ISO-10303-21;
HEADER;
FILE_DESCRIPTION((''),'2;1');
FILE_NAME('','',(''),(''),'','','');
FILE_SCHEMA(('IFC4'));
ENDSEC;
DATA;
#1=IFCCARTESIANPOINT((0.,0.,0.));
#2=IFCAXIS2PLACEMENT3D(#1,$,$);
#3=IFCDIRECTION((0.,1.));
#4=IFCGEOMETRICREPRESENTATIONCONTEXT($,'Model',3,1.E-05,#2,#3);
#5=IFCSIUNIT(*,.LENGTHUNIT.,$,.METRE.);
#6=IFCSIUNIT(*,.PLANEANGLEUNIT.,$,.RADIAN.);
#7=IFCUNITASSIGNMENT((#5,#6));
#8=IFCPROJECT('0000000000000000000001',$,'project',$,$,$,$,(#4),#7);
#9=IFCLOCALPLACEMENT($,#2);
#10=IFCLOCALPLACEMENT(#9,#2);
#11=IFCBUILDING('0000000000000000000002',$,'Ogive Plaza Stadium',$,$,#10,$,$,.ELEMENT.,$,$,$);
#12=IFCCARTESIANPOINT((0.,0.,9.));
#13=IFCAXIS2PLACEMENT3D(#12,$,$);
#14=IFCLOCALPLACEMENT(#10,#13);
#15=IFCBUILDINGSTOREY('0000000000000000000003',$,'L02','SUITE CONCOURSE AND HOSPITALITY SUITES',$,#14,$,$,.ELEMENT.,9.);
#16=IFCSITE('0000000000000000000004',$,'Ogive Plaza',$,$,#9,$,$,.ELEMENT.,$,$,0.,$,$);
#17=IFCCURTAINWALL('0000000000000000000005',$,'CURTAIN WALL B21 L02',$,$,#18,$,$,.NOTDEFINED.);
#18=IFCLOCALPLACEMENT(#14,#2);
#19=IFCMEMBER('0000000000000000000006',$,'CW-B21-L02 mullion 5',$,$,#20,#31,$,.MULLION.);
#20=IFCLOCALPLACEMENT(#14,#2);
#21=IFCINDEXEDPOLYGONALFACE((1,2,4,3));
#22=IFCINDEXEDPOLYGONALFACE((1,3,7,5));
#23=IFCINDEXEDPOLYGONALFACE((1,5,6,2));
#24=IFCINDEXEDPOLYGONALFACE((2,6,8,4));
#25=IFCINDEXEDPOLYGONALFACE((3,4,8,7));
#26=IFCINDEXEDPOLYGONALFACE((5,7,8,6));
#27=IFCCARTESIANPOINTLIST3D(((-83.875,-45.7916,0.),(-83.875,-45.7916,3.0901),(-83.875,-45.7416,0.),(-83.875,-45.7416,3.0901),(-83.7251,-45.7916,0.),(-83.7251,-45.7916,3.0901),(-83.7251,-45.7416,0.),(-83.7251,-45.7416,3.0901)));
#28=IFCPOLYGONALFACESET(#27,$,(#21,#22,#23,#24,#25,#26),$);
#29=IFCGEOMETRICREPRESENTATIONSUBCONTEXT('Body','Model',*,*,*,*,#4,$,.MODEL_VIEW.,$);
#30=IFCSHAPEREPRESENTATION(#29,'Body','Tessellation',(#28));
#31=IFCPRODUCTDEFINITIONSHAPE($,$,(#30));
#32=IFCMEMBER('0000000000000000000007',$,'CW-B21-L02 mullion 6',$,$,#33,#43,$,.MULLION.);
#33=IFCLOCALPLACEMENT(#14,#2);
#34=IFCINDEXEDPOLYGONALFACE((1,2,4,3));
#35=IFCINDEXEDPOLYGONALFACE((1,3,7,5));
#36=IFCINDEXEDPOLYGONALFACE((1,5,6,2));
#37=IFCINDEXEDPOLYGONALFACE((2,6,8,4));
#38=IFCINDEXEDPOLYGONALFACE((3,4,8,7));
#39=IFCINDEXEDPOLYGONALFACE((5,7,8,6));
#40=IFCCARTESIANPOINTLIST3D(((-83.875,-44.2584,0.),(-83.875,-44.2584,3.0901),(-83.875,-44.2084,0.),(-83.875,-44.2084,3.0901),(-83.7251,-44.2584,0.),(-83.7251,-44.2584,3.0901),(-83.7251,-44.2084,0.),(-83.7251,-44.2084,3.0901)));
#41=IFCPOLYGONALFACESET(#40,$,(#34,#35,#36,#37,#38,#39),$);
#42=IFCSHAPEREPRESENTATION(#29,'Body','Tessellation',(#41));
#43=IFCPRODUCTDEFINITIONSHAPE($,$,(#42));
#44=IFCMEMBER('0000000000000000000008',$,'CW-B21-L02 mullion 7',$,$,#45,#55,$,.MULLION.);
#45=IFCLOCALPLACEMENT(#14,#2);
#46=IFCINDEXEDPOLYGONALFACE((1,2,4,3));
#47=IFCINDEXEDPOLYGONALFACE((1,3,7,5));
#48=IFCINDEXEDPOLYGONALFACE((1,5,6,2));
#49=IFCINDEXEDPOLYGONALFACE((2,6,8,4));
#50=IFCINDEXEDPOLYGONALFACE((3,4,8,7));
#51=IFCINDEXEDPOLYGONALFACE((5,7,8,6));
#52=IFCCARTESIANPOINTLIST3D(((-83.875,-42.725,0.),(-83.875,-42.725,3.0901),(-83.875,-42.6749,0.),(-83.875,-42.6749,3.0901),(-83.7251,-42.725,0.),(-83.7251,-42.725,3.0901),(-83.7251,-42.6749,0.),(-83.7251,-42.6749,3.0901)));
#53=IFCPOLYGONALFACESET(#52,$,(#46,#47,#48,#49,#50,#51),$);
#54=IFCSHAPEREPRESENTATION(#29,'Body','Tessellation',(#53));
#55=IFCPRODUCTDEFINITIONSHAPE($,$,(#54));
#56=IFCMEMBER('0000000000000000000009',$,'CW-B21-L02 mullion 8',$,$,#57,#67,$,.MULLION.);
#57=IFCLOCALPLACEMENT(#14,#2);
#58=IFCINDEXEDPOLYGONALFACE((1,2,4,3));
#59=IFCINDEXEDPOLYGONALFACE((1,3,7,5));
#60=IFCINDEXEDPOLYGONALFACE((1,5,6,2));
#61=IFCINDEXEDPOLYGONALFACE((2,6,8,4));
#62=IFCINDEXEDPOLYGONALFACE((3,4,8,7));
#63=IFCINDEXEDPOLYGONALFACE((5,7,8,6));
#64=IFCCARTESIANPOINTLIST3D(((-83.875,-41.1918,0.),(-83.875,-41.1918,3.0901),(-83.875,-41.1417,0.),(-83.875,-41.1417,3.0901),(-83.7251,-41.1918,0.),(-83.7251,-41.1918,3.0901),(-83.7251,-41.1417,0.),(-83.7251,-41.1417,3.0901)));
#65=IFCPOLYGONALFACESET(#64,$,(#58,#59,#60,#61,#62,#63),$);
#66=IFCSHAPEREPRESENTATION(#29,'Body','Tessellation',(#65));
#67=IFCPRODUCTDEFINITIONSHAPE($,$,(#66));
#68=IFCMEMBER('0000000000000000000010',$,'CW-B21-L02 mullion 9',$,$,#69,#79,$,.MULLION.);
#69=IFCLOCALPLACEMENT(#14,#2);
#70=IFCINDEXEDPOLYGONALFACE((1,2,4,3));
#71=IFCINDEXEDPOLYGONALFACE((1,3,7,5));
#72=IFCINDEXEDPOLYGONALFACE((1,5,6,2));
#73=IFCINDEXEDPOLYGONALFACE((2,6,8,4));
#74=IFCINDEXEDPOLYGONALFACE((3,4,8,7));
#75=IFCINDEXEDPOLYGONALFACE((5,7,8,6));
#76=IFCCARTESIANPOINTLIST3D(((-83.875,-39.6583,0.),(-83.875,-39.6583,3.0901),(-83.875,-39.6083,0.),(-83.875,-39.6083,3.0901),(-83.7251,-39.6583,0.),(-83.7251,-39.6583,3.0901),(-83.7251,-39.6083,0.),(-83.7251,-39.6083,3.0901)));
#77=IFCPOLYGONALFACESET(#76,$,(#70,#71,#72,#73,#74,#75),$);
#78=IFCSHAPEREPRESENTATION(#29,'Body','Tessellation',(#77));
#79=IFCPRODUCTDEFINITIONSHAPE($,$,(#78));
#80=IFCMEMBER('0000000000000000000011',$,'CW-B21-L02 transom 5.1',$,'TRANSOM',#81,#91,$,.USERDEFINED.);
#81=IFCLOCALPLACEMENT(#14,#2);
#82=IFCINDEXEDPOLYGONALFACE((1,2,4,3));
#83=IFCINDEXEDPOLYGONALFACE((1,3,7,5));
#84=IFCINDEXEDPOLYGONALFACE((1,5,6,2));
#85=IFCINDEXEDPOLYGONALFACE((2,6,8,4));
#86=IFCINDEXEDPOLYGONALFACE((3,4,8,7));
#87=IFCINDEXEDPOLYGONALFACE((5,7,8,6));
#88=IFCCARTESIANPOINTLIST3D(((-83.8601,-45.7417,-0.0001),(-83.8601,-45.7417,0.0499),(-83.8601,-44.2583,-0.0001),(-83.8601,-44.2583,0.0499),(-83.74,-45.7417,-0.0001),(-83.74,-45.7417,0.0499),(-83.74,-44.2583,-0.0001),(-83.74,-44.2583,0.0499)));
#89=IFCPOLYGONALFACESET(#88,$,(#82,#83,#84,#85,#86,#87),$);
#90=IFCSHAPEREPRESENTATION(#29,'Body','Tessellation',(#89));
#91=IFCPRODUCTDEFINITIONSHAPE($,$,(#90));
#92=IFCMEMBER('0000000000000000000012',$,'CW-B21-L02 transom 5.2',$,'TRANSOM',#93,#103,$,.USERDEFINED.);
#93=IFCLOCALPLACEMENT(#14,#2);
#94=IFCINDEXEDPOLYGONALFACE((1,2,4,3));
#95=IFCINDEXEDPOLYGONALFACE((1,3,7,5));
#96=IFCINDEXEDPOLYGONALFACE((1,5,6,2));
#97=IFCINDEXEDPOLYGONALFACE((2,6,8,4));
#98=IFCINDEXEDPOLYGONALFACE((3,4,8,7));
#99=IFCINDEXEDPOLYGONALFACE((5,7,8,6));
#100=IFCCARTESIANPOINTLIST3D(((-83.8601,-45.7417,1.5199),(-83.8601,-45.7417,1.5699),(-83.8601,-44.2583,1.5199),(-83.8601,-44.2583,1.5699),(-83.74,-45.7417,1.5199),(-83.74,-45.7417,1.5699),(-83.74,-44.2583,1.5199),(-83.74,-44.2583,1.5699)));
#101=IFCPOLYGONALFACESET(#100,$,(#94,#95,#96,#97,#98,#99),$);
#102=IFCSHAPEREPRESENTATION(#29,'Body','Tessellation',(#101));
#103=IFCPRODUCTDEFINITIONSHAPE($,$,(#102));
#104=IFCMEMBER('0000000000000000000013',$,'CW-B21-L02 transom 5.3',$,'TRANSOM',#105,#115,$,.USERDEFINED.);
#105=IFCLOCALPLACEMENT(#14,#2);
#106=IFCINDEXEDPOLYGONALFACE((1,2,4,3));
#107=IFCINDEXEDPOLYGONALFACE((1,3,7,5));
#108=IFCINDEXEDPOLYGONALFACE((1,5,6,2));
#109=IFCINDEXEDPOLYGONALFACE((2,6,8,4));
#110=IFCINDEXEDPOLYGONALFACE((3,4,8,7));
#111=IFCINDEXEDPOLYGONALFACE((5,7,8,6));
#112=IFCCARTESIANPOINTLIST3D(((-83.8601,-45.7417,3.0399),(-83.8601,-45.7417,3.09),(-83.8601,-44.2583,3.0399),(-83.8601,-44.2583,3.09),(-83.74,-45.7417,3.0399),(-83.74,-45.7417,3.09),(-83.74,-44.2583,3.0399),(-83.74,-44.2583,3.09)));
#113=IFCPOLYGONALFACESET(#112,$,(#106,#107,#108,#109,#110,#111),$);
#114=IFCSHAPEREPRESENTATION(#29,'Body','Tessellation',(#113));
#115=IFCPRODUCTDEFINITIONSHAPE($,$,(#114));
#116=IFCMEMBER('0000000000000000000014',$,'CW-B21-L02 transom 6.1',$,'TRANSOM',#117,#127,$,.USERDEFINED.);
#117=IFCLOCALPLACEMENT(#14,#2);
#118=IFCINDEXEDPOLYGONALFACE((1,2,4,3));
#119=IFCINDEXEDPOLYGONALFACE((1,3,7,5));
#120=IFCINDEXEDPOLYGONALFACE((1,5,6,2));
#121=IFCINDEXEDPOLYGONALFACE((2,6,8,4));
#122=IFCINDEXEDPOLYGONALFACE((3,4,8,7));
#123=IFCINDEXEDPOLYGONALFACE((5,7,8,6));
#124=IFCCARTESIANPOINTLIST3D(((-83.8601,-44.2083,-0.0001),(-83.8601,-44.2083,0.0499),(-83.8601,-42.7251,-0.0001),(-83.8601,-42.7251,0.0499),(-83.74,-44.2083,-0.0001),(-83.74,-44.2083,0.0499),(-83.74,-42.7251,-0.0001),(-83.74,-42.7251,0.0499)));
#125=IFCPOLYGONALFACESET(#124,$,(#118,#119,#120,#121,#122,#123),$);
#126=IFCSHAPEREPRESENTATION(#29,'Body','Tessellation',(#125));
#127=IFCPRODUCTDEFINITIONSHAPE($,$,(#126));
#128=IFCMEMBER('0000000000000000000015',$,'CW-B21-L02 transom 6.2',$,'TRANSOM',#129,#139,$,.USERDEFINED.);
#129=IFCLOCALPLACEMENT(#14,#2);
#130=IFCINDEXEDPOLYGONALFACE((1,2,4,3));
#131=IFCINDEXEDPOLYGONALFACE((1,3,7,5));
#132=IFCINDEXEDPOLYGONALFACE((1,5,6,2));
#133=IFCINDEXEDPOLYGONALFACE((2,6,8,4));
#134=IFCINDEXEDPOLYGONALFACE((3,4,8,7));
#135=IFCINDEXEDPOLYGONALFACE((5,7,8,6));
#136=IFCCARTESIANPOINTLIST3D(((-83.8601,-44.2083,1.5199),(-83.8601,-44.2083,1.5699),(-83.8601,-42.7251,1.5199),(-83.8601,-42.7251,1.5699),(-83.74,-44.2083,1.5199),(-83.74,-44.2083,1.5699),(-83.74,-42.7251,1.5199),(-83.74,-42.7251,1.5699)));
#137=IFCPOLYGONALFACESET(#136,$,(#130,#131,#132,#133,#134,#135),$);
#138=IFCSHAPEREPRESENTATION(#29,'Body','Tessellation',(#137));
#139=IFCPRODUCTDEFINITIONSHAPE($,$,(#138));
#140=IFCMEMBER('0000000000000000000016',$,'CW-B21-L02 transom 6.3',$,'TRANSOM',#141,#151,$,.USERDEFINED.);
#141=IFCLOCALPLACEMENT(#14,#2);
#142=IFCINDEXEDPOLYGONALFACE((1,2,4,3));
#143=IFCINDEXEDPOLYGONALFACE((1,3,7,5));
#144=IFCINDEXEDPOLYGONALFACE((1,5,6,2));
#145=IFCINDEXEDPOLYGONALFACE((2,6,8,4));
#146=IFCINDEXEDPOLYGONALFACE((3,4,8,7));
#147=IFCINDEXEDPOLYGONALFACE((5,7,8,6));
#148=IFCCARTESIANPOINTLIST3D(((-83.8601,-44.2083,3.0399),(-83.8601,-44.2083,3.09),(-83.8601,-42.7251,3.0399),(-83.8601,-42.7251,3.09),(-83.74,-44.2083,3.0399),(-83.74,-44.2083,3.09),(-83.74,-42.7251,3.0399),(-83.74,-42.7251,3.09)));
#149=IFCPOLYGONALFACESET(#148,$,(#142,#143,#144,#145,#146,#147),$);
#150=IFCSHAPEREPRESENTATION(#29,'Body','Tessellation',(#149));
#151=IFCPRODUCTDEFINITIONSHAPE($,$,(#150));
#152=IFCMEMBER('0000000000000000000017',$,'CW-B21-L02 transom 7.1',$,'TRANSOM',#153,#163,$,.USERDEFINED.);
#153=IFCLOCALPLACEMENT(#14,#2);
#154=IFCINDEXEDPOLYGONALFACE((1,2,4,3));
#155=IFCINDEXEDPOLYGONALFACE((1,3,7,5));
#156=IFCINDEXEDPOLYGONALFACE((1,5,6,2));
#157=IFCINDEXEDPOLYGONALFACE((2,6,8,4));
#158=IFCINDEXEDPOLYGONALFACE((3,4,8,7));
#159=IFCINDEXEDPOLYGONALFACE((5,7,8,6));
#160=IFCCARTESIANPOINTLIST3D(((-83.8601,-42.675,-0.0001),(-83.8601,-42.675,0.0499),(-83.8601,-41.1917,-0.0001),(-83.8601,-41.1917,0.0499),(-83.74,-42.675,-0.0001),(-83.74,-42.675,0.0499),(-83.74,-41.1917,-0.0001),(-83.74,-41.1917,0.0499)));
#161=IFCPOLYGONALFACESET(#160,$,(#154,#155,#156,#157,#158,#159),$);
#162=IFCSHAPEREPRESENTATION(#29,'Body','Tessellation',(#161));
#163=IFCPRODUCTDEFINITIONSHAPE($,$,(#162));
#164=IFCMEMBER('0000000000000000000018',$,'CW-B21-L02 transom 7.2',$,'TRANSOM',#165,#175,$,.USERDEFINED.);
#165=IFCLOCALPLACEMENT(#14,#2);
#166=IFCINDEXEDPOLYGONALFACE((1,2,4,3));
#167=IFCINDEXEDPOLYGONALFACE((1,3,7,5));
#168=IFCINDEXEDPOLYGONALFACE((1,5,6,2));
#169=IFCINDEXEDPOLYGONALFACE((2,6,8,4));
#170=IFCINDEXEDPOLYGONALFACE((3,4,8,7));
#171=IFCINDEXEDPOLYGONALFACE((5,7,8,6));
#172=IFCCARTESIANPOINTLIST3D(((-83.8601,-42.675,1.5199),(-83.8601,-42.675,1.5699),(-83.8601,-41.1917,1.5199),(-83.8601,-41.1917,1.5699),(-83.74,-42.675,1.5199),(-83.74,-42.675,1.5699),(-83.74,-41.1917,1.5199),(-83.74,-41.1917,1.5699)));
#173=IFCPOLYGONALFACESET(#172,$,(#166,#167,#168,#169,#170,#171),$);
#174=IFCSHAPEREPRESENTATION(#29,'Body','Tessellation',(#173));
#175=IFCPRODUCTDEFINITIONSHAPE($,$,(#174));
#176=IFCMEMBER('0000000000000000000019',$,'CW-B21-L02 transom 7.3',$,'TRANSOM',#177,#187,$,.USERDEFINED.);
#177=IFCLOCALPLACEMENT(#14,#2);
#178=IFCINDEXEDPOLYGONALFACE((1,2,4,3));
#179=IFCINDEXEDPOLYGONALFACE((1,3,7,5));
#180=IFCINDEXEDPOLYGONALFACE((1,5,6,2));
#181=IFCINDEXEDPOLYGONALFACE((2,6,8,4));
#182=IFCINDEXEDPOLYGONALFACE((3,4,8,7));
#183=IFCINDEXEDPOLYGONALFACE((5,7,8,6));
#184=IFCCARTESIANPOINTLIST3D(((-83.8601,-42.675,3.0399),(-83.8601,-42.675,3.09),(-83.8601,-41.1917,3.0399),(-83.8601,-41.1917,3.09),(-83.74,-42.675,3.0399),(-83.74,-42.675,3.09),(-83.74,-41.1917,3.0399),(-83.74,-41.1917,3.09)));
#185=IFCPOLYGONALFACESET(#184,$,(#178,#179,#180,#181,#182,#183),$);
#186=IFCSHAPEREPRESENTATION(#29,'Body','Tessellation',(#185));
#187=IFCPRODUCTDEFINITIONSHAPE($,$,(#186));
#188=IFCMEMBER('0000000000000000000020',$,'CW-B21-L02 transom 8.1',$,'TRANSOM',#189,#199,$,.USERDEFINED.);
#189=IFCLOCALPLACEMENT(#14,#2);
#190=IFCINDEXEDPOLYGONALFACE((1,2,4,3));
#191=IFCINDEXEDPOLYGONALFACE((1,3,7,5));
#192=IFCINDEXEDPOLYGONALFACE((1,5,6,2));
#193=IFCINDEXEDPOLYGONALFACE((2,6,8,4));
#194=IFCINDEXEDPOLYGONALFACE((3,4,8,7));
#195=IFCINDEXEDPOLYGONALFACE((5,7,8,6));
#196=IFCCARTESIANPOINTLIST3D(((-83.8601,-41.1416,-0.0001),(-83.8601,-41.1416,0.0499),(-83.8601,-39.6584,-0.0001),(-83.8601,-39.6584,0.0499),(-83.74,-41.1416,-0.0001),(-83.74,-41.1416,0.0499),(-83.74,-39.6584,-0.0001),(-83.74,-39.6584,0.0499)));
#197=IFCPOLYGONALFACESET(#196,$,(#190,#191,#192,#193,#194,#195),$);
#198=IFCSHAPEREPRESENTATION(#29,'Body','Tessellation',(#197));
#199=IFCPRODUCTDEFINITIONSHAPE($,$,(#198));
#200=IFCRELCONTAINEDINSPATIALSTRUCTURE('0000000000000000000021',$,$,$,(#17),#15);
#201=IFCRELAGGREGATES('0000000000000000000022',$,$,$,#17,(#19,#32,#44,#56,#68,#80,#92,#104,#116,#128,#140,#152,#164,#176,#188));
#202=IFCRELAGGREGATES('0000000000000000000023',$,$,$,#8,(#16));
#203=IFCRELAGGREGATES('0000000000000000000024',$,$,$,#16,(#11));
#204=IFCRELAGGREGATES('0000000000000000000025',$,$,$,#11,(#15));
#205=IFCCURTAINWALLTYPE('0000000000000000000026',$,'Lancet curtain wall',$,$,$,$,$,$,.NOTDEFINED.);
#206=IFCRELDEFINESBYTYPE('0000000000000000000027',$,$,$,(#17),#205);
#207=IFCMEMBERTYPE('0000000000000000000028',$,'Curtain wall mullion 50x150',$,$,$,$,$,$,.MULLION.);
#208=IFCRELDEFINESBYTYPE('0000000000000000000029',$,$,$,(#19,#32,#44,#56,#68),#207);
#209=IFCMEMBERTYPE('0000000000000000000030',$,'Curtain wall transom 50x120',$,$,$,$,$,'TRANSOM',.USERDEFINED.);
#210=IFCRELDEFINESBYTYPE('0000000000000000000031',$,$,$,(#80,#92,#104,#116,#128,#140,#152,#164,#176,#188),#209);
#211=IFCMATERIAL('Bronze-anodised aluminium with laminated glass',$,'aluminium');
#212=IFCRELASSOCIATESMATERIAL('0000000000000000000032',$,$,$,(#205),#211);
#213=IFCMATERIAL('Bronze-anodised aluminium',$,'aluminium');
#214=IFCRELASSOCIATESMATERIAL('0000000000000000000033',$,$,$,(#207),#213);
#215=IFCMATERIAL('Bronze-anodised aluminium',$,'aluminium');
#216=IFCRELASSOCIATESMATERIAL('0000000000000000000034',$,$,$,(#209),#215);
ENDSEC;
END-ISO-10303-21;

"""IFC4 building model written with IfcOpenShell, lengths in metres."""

from ifc_helpers import new_model, si_unit, direction, frame, origin, origin_2d, place, context, subcontext, project, spatial, rectangle, extrude, material, material_profile, profile_set, type_object, element, aggregate, save


model = new_model("IFC4")

# Units and contexts
model_context = context("Model", 3, precision=1e-05, world=origin(), true_north=direction((0.0, 1.0)))
body_context = subcontext(model_context, "Body", "Model", "MODEL_VIEW")
ifc_project = project(units=[si_unit("LENGTHUNIT", "METRE"), si_unit("PLANEANGLEUNIT", "RADIAN")], contexts=[model_context])

# Site, building, storey
site_placement = place(None, origin())
site = spatial("IfcSite", under=ifc_project, at=site_placement, Name="Ogive Plaza", CompositionType="ELEMENT", RefElevation=0.0)
building_placement = place(site_placement, origin())
building = spatial("IfcBuilding", under=site, at=building_placement, Name="Ogive Plaza Stadium", CompositionType="ELEMENT")
storey_placement = place(building_placement, frame((0.0, 0.0, 9.0)))
storey = spatial("IfcBuildingStorey", under=building, at=storey_placement, Name="L02", Description="SUITE CONCOURSE AND HOSPITALITY SUITES", CompositionType="ELEMENT", Elevation=9.0)

# Curtain wall, members
ifc_material_1 = material(Name="Bronze-anodised aluminium with laminated glass", Category="aluminium")
curtain_wall_type = type_object("IfcCurtainWallType", Name="Lancet curtain wall", PredefinedType="NOTDEFINED", material=ifc_material_1)
curtain_wall_placement = place(storey_placement, origin())
curtain_wall = element("IfcCurtainWall", 1, at=curtain_wall_placement, inside=storey, type_object=curtain_wall_type, Name="CURTAIN WALL B21 L02", PredefinedType="NOTDEFINED")
ifc_material_2 = material(Name="Bronze-anodised aluminium", Category="aluminium")
ifc_material_profile_1 = material_profile(ifc_material_2, rectangle(XDim=0.1499, YDim=0.05, at=origin_2d()), Name="AL 150x50")
ifc_profile_set_1 = profile_set([ifc_material_profile_1], Name="Bronze-anodised aluminium")
member_type_1 = type_object("IfcMemberType", Name="Curtain wall mullion 50x150", PredefinedType="MULLION", material=ifc_profile_set_1)
member_1_placement = place(storey_placement, frame((-83.8, -45.7666, 0.0), z_axis=(0.0, 0.0, 1.0), x_axis=(-1.0, 0.0, 0.0)))
member_1 = element("IfcMember", 2, at=member_1_placement, type_object=member_type_1, Name="CW-B21-L02 mullion 5", PredefinedType="MULLION", context=body_context, shape_type="SweptSolid", body=[
    extrude(rectangle(XDim=0.1499, YDim=0.05, at=origin_2d()), origin(), (0.0, 0.0, 1.0), 3.0901),
])
member_2_placement = place(storey_placement, frame((-83.8, -44.2334, 0.0), z_axis=(0.0, 0.0, 1.0), x_axis=(-1.0, 0.0, 0.0)))
member_2 = element("IfcMember", 3, at=member_2_placement, type_object=member_type_1, Name="CW-B21-L02 mullion 6", PredefinedType="MULLION", context=body_context, shape_type="SweptSolid", body=[
    extrude(rectangle(XDim=0.1499, YDim=0.05, at=origin_2d()), origin(), (0.0, 0.0, 1.0), 3.0901),
])
member_3_placement = place(storey_placement, frame((-83.8, -42.7, 0.0), z_axis=(0.0, 0.0, 1.0), x_axis=(-1.0, 0.0, 0.0)))
member_3 = element("IfcMember", 4, at=member_3_placement, type_object=member_type_1, Name="CW-B21-L02 mullion 7", PredefinedType="MULLION", context=body_context, shape_type="SweptSolid", body=[
    extrude(rectangle(XDim=0.1499, YDim=0.05, at=origin_2d()), origin(), (0.0, 0.0, 1.0), 3.0901),
])
member_4_placement = place(storey_placement, frame((-83.8, -41.1667, 0.0), z_axis=(0.0, 0.0, 1.0), x_axis=(-1.0, 0.0, 0.0)))
member_4 = element("IfcMember", 5, at=member_4_placement, type_object=member_type_1, Name="CW-B21-L02 mullion 8", PredefinedType="MULLION", context=body_context, shape_type="SweptSolid", body=[
    extrude(rectangle(XDim=0.1499, YDim=0.05, at=origin_2d()), origin(), (0.0, 0.0, 1.0), 3.0901),
])
member_5_placement = place(storey_placement, frame((-83.8, -39.6333, 0.0), z_axis=(0.0, 0.0, 1.0), x_axis=(-1.0, 0.0, 0.0)))
member_5 = element("IfcMember", 6, at=member_5_placement, type_object=member_type_1, Name="CW-B21-L02 mullion 9", PredefinedType="MULLION", context=body_context, shape_type="SweptSolid", body=[
    extrude(rectangle(XDim=0.1499, YDim=0.05, at=origin_2d()), origin(), (0.0, 0.0, 1.0), 3.0901),
])
ifc_material_3 = material(Name="Bronze-anodised aluminium", Category="aluminium")
ifc_material_profile_2 = material_profile(ifc_material_3, rectangle(XDim=0.1201, YDim=0.05, at=origin_2d()), Name="AL 120x50")
ifc_profile_set_2 = profile_set([ifc_material_profile_2], Name="Bronze-anodised aluminium")
member_type_2 = type_object("IfcMemberType", Name="Curtain wall transom 50x120", ElementType="TRANSOM", PredefinedType="USERDEFINED", material=ifc_profile_set_2)
member_6_placement = place(storey_placement, frame((-83.8, -45.7417, 0.0249), z_axis=(0.0, 1.0, 0.0), x_axis=(-1.0, 0.0, 0.0)))
member_6 = element("IfcMember", 7, at=member_6_placement, type_object=member_type_2, Name="CW-B21-L02 transom 5.1", ObjectType="TRANSOM", PredefinedType="USERDEFINED", context=body_context, shape_type="SweptSolid", body=[
    extrude(rectangle(XDim=0.1201, YDim=0.05, at=origin_2d()), origin(), (0.0, 0.0, 1.0), 1.4834),
])
member_7_placement = place(storey_placement, frame((-83.8, -45.7417, 1.5449), z_axis=(0.0, 1.0, 0.0), x_axis=(-1.0, 0.0, 0.0)))
member_7 = element("IfcMember", 8, at=member_7_placement, type_object=member_type_2, Name="CW-B21-L02 transom 5.2", ObjectType="TRANSOM", PredefinedType="USERDEFINED", context=body_context, shape_type="SweptSolid", body=[
    extrude(rectangle(XDim=0.1201, YDim=0.05, at=origin_2d()), origin(), (0.0, 0.0, 1.0), 1.4834),
])
member_8_placement = place(storey_placement, frame((-83.8, -45.7417, 3.0649), z_axis=(0.0, 1.0, 0.0), x_axis=(-1.0, 0.0, 0.0)))
member_8 = element("IfcMember", 9, at=member_8_placement, type_object=member_type_2, Name="CW-B21-L02 transom 5.3", ObjectType="TRANSOM", PredefinedType="USERDEFINED", context=body_context, shape_type="SweptSolid", body=[
    extrude(rectangle(XDim=0.1201, YDim=0.05, at=origin_2d()), origin(), (0.0, 0.0, 1.0), 1.4834),
])
member_9_placement = place(storey_placement, frame((-83.8, -44.2083, 0.0249), z_axis=(0.0, 1.0, 0.0), x_axis=(-1.0, 0.0, 0.0)))
member_9 = element("IfcMember", 10, at=member_9_placement, type_object=member_type_2, Name="CW-B21-L02 transom 6.1", ObjectType="TRANSOM", PredefinedType="USERDEFINED", context=body_context, shape_type="SweptSolid", body=[
    extrude(rectangle(XDim=0.1201, YDim=0.05, at=origin_2d()), origin(), (0.0, 0.0, 1.0), 1.4832),
])
member_10_placement = place(storey_placement, frame((-83.8, -44.2083, 1.5449), z_axis=(0.0, 1.0, 0.0), x_axis=(-1.0, 0.0, 0.0)))
member_10 = element("IfcMember", 11, at=member_10_placement, type_object=member_type_2, Name="CW-B21-L02 transom 6.2", ObjectType="TRANSOM", PredefinedType="USERDEFINED", context=body_context, shape_type="SweptSolid", body=[
    extrude(rectangle(XDim=0.1201, YDim=0.05, at=origin_2d()), origin(), (0.0, 0.0, 1.0), 1.4832),
])
member_11_placement = place(storey_placement, frame((-83.8, -44.2083, 3.0649), z_axis=(0.0, 1.0, 0.0), x_axis=(-1.0, 0.0, 0.0)))
member_11 = element("IfcMember", 12, at=member_11_placement, type_object=member_type_2, Name="CW-B21-L02 transom 6.3", ObjectType="TRANSOM", PredefinedType="USERDEFINED", context=body_context, shape_type="SweptSolid", body=[
    extrude(rectangle(XDim=0.1201, YDim=0.05, at=origin_2d()), origin(), (0.0, 0.0, 1.0), 1.4832),
])
member_12_placement = place(storey_placement, frame((-83.8, -42.675, 0.0249), z_axis=(0.0, 1.0, 0.0), x_axis=(-1.0, 0.0, 0.0)))
member_12 = element("IfcMember", 13, at=member_12_placement, type_object=member_type_2, Name="CW-B21-L02 transom 7.1", ObjectType="TRANSOM", PredefinedType="USERDEFINED", context=body_context, shape_type="SweptSolid", body=[
    extrude(rectangle(XDim=0.1201, YDim=0.05, at=origin_2d()), origin(), (0.0, 0.0, 1.0), 1.4834),
])
member_13_placement = place(storey_placement, frame((-83.8, -42.675, 1.5449), z_axis=(0.0, 1.0, 0.0), x_axis=(-1.0, 0.0, 0.0)))
member_13 = element("IfcMember", 14, at=member_13_placement, type_object=member_type_2, Name="CW-B21-L02 transom 7.2", ObjectType="TRANSOM", PredefinedType="USERDEFINED", context=body_context, shape_type="SweptSolid", body=[
    extrude(rectangle(XDim=0.1201, YDim=0.05, at=origin_2d()), origin(), (0.0, 0.0, 1.0), 1.4834),
])
member_14_placement = place(storey_placement, frame((-83.8, -42.675, 3.0649), z_axis=(0.0, 1.0, 0.0), x_axis=(-1.0, 0.0, 0.0)))
member_14 = element("IfcMember", 15, at=member_14_placement, type_object=member_type_2, Name="CW-B21-L02 transom 7.3", ObjectType="TRANSOM", PredefinedType="USERDEFINED", context=body_context, shape_type="SweptSolid", body=[
    extrude(rectangle(XDim=0.1201, YDim=0.05, at=origin_2d()), origin(), (0.0, 0.0, 1.0), 1.4834),
])
member_15_placement = place(storey_placement, frame((-83.8, -41.1416, 0.0249), z_axis=(0.0, 1.0, 0.0), x_axis=(-1.0, 0.0, 0.0)))
member_15 = element("IfcMember", 16, at=member_15_placement, type_object=member_type_2, Name="CW-B21-L02 transom 8.1", ObjectType="TRANSOM", PredefinedType="USERDEFINED", context=body_context, shape_type="SweptSolid", body=[
    extrude(rectangle(XDim=0.1201, YDim=0.05, at=origin_2d()), origin(), (0.0, 0.0, 1.0), 1.4832),
])
aggregate(curtain_wall, [member_1, member_2, member_3, member_4, member_5, member_6, member_7, member_8, member_9, member_10, member_11, member_12, member_13, member_14, member_15])

save(model, "model.ifc")
